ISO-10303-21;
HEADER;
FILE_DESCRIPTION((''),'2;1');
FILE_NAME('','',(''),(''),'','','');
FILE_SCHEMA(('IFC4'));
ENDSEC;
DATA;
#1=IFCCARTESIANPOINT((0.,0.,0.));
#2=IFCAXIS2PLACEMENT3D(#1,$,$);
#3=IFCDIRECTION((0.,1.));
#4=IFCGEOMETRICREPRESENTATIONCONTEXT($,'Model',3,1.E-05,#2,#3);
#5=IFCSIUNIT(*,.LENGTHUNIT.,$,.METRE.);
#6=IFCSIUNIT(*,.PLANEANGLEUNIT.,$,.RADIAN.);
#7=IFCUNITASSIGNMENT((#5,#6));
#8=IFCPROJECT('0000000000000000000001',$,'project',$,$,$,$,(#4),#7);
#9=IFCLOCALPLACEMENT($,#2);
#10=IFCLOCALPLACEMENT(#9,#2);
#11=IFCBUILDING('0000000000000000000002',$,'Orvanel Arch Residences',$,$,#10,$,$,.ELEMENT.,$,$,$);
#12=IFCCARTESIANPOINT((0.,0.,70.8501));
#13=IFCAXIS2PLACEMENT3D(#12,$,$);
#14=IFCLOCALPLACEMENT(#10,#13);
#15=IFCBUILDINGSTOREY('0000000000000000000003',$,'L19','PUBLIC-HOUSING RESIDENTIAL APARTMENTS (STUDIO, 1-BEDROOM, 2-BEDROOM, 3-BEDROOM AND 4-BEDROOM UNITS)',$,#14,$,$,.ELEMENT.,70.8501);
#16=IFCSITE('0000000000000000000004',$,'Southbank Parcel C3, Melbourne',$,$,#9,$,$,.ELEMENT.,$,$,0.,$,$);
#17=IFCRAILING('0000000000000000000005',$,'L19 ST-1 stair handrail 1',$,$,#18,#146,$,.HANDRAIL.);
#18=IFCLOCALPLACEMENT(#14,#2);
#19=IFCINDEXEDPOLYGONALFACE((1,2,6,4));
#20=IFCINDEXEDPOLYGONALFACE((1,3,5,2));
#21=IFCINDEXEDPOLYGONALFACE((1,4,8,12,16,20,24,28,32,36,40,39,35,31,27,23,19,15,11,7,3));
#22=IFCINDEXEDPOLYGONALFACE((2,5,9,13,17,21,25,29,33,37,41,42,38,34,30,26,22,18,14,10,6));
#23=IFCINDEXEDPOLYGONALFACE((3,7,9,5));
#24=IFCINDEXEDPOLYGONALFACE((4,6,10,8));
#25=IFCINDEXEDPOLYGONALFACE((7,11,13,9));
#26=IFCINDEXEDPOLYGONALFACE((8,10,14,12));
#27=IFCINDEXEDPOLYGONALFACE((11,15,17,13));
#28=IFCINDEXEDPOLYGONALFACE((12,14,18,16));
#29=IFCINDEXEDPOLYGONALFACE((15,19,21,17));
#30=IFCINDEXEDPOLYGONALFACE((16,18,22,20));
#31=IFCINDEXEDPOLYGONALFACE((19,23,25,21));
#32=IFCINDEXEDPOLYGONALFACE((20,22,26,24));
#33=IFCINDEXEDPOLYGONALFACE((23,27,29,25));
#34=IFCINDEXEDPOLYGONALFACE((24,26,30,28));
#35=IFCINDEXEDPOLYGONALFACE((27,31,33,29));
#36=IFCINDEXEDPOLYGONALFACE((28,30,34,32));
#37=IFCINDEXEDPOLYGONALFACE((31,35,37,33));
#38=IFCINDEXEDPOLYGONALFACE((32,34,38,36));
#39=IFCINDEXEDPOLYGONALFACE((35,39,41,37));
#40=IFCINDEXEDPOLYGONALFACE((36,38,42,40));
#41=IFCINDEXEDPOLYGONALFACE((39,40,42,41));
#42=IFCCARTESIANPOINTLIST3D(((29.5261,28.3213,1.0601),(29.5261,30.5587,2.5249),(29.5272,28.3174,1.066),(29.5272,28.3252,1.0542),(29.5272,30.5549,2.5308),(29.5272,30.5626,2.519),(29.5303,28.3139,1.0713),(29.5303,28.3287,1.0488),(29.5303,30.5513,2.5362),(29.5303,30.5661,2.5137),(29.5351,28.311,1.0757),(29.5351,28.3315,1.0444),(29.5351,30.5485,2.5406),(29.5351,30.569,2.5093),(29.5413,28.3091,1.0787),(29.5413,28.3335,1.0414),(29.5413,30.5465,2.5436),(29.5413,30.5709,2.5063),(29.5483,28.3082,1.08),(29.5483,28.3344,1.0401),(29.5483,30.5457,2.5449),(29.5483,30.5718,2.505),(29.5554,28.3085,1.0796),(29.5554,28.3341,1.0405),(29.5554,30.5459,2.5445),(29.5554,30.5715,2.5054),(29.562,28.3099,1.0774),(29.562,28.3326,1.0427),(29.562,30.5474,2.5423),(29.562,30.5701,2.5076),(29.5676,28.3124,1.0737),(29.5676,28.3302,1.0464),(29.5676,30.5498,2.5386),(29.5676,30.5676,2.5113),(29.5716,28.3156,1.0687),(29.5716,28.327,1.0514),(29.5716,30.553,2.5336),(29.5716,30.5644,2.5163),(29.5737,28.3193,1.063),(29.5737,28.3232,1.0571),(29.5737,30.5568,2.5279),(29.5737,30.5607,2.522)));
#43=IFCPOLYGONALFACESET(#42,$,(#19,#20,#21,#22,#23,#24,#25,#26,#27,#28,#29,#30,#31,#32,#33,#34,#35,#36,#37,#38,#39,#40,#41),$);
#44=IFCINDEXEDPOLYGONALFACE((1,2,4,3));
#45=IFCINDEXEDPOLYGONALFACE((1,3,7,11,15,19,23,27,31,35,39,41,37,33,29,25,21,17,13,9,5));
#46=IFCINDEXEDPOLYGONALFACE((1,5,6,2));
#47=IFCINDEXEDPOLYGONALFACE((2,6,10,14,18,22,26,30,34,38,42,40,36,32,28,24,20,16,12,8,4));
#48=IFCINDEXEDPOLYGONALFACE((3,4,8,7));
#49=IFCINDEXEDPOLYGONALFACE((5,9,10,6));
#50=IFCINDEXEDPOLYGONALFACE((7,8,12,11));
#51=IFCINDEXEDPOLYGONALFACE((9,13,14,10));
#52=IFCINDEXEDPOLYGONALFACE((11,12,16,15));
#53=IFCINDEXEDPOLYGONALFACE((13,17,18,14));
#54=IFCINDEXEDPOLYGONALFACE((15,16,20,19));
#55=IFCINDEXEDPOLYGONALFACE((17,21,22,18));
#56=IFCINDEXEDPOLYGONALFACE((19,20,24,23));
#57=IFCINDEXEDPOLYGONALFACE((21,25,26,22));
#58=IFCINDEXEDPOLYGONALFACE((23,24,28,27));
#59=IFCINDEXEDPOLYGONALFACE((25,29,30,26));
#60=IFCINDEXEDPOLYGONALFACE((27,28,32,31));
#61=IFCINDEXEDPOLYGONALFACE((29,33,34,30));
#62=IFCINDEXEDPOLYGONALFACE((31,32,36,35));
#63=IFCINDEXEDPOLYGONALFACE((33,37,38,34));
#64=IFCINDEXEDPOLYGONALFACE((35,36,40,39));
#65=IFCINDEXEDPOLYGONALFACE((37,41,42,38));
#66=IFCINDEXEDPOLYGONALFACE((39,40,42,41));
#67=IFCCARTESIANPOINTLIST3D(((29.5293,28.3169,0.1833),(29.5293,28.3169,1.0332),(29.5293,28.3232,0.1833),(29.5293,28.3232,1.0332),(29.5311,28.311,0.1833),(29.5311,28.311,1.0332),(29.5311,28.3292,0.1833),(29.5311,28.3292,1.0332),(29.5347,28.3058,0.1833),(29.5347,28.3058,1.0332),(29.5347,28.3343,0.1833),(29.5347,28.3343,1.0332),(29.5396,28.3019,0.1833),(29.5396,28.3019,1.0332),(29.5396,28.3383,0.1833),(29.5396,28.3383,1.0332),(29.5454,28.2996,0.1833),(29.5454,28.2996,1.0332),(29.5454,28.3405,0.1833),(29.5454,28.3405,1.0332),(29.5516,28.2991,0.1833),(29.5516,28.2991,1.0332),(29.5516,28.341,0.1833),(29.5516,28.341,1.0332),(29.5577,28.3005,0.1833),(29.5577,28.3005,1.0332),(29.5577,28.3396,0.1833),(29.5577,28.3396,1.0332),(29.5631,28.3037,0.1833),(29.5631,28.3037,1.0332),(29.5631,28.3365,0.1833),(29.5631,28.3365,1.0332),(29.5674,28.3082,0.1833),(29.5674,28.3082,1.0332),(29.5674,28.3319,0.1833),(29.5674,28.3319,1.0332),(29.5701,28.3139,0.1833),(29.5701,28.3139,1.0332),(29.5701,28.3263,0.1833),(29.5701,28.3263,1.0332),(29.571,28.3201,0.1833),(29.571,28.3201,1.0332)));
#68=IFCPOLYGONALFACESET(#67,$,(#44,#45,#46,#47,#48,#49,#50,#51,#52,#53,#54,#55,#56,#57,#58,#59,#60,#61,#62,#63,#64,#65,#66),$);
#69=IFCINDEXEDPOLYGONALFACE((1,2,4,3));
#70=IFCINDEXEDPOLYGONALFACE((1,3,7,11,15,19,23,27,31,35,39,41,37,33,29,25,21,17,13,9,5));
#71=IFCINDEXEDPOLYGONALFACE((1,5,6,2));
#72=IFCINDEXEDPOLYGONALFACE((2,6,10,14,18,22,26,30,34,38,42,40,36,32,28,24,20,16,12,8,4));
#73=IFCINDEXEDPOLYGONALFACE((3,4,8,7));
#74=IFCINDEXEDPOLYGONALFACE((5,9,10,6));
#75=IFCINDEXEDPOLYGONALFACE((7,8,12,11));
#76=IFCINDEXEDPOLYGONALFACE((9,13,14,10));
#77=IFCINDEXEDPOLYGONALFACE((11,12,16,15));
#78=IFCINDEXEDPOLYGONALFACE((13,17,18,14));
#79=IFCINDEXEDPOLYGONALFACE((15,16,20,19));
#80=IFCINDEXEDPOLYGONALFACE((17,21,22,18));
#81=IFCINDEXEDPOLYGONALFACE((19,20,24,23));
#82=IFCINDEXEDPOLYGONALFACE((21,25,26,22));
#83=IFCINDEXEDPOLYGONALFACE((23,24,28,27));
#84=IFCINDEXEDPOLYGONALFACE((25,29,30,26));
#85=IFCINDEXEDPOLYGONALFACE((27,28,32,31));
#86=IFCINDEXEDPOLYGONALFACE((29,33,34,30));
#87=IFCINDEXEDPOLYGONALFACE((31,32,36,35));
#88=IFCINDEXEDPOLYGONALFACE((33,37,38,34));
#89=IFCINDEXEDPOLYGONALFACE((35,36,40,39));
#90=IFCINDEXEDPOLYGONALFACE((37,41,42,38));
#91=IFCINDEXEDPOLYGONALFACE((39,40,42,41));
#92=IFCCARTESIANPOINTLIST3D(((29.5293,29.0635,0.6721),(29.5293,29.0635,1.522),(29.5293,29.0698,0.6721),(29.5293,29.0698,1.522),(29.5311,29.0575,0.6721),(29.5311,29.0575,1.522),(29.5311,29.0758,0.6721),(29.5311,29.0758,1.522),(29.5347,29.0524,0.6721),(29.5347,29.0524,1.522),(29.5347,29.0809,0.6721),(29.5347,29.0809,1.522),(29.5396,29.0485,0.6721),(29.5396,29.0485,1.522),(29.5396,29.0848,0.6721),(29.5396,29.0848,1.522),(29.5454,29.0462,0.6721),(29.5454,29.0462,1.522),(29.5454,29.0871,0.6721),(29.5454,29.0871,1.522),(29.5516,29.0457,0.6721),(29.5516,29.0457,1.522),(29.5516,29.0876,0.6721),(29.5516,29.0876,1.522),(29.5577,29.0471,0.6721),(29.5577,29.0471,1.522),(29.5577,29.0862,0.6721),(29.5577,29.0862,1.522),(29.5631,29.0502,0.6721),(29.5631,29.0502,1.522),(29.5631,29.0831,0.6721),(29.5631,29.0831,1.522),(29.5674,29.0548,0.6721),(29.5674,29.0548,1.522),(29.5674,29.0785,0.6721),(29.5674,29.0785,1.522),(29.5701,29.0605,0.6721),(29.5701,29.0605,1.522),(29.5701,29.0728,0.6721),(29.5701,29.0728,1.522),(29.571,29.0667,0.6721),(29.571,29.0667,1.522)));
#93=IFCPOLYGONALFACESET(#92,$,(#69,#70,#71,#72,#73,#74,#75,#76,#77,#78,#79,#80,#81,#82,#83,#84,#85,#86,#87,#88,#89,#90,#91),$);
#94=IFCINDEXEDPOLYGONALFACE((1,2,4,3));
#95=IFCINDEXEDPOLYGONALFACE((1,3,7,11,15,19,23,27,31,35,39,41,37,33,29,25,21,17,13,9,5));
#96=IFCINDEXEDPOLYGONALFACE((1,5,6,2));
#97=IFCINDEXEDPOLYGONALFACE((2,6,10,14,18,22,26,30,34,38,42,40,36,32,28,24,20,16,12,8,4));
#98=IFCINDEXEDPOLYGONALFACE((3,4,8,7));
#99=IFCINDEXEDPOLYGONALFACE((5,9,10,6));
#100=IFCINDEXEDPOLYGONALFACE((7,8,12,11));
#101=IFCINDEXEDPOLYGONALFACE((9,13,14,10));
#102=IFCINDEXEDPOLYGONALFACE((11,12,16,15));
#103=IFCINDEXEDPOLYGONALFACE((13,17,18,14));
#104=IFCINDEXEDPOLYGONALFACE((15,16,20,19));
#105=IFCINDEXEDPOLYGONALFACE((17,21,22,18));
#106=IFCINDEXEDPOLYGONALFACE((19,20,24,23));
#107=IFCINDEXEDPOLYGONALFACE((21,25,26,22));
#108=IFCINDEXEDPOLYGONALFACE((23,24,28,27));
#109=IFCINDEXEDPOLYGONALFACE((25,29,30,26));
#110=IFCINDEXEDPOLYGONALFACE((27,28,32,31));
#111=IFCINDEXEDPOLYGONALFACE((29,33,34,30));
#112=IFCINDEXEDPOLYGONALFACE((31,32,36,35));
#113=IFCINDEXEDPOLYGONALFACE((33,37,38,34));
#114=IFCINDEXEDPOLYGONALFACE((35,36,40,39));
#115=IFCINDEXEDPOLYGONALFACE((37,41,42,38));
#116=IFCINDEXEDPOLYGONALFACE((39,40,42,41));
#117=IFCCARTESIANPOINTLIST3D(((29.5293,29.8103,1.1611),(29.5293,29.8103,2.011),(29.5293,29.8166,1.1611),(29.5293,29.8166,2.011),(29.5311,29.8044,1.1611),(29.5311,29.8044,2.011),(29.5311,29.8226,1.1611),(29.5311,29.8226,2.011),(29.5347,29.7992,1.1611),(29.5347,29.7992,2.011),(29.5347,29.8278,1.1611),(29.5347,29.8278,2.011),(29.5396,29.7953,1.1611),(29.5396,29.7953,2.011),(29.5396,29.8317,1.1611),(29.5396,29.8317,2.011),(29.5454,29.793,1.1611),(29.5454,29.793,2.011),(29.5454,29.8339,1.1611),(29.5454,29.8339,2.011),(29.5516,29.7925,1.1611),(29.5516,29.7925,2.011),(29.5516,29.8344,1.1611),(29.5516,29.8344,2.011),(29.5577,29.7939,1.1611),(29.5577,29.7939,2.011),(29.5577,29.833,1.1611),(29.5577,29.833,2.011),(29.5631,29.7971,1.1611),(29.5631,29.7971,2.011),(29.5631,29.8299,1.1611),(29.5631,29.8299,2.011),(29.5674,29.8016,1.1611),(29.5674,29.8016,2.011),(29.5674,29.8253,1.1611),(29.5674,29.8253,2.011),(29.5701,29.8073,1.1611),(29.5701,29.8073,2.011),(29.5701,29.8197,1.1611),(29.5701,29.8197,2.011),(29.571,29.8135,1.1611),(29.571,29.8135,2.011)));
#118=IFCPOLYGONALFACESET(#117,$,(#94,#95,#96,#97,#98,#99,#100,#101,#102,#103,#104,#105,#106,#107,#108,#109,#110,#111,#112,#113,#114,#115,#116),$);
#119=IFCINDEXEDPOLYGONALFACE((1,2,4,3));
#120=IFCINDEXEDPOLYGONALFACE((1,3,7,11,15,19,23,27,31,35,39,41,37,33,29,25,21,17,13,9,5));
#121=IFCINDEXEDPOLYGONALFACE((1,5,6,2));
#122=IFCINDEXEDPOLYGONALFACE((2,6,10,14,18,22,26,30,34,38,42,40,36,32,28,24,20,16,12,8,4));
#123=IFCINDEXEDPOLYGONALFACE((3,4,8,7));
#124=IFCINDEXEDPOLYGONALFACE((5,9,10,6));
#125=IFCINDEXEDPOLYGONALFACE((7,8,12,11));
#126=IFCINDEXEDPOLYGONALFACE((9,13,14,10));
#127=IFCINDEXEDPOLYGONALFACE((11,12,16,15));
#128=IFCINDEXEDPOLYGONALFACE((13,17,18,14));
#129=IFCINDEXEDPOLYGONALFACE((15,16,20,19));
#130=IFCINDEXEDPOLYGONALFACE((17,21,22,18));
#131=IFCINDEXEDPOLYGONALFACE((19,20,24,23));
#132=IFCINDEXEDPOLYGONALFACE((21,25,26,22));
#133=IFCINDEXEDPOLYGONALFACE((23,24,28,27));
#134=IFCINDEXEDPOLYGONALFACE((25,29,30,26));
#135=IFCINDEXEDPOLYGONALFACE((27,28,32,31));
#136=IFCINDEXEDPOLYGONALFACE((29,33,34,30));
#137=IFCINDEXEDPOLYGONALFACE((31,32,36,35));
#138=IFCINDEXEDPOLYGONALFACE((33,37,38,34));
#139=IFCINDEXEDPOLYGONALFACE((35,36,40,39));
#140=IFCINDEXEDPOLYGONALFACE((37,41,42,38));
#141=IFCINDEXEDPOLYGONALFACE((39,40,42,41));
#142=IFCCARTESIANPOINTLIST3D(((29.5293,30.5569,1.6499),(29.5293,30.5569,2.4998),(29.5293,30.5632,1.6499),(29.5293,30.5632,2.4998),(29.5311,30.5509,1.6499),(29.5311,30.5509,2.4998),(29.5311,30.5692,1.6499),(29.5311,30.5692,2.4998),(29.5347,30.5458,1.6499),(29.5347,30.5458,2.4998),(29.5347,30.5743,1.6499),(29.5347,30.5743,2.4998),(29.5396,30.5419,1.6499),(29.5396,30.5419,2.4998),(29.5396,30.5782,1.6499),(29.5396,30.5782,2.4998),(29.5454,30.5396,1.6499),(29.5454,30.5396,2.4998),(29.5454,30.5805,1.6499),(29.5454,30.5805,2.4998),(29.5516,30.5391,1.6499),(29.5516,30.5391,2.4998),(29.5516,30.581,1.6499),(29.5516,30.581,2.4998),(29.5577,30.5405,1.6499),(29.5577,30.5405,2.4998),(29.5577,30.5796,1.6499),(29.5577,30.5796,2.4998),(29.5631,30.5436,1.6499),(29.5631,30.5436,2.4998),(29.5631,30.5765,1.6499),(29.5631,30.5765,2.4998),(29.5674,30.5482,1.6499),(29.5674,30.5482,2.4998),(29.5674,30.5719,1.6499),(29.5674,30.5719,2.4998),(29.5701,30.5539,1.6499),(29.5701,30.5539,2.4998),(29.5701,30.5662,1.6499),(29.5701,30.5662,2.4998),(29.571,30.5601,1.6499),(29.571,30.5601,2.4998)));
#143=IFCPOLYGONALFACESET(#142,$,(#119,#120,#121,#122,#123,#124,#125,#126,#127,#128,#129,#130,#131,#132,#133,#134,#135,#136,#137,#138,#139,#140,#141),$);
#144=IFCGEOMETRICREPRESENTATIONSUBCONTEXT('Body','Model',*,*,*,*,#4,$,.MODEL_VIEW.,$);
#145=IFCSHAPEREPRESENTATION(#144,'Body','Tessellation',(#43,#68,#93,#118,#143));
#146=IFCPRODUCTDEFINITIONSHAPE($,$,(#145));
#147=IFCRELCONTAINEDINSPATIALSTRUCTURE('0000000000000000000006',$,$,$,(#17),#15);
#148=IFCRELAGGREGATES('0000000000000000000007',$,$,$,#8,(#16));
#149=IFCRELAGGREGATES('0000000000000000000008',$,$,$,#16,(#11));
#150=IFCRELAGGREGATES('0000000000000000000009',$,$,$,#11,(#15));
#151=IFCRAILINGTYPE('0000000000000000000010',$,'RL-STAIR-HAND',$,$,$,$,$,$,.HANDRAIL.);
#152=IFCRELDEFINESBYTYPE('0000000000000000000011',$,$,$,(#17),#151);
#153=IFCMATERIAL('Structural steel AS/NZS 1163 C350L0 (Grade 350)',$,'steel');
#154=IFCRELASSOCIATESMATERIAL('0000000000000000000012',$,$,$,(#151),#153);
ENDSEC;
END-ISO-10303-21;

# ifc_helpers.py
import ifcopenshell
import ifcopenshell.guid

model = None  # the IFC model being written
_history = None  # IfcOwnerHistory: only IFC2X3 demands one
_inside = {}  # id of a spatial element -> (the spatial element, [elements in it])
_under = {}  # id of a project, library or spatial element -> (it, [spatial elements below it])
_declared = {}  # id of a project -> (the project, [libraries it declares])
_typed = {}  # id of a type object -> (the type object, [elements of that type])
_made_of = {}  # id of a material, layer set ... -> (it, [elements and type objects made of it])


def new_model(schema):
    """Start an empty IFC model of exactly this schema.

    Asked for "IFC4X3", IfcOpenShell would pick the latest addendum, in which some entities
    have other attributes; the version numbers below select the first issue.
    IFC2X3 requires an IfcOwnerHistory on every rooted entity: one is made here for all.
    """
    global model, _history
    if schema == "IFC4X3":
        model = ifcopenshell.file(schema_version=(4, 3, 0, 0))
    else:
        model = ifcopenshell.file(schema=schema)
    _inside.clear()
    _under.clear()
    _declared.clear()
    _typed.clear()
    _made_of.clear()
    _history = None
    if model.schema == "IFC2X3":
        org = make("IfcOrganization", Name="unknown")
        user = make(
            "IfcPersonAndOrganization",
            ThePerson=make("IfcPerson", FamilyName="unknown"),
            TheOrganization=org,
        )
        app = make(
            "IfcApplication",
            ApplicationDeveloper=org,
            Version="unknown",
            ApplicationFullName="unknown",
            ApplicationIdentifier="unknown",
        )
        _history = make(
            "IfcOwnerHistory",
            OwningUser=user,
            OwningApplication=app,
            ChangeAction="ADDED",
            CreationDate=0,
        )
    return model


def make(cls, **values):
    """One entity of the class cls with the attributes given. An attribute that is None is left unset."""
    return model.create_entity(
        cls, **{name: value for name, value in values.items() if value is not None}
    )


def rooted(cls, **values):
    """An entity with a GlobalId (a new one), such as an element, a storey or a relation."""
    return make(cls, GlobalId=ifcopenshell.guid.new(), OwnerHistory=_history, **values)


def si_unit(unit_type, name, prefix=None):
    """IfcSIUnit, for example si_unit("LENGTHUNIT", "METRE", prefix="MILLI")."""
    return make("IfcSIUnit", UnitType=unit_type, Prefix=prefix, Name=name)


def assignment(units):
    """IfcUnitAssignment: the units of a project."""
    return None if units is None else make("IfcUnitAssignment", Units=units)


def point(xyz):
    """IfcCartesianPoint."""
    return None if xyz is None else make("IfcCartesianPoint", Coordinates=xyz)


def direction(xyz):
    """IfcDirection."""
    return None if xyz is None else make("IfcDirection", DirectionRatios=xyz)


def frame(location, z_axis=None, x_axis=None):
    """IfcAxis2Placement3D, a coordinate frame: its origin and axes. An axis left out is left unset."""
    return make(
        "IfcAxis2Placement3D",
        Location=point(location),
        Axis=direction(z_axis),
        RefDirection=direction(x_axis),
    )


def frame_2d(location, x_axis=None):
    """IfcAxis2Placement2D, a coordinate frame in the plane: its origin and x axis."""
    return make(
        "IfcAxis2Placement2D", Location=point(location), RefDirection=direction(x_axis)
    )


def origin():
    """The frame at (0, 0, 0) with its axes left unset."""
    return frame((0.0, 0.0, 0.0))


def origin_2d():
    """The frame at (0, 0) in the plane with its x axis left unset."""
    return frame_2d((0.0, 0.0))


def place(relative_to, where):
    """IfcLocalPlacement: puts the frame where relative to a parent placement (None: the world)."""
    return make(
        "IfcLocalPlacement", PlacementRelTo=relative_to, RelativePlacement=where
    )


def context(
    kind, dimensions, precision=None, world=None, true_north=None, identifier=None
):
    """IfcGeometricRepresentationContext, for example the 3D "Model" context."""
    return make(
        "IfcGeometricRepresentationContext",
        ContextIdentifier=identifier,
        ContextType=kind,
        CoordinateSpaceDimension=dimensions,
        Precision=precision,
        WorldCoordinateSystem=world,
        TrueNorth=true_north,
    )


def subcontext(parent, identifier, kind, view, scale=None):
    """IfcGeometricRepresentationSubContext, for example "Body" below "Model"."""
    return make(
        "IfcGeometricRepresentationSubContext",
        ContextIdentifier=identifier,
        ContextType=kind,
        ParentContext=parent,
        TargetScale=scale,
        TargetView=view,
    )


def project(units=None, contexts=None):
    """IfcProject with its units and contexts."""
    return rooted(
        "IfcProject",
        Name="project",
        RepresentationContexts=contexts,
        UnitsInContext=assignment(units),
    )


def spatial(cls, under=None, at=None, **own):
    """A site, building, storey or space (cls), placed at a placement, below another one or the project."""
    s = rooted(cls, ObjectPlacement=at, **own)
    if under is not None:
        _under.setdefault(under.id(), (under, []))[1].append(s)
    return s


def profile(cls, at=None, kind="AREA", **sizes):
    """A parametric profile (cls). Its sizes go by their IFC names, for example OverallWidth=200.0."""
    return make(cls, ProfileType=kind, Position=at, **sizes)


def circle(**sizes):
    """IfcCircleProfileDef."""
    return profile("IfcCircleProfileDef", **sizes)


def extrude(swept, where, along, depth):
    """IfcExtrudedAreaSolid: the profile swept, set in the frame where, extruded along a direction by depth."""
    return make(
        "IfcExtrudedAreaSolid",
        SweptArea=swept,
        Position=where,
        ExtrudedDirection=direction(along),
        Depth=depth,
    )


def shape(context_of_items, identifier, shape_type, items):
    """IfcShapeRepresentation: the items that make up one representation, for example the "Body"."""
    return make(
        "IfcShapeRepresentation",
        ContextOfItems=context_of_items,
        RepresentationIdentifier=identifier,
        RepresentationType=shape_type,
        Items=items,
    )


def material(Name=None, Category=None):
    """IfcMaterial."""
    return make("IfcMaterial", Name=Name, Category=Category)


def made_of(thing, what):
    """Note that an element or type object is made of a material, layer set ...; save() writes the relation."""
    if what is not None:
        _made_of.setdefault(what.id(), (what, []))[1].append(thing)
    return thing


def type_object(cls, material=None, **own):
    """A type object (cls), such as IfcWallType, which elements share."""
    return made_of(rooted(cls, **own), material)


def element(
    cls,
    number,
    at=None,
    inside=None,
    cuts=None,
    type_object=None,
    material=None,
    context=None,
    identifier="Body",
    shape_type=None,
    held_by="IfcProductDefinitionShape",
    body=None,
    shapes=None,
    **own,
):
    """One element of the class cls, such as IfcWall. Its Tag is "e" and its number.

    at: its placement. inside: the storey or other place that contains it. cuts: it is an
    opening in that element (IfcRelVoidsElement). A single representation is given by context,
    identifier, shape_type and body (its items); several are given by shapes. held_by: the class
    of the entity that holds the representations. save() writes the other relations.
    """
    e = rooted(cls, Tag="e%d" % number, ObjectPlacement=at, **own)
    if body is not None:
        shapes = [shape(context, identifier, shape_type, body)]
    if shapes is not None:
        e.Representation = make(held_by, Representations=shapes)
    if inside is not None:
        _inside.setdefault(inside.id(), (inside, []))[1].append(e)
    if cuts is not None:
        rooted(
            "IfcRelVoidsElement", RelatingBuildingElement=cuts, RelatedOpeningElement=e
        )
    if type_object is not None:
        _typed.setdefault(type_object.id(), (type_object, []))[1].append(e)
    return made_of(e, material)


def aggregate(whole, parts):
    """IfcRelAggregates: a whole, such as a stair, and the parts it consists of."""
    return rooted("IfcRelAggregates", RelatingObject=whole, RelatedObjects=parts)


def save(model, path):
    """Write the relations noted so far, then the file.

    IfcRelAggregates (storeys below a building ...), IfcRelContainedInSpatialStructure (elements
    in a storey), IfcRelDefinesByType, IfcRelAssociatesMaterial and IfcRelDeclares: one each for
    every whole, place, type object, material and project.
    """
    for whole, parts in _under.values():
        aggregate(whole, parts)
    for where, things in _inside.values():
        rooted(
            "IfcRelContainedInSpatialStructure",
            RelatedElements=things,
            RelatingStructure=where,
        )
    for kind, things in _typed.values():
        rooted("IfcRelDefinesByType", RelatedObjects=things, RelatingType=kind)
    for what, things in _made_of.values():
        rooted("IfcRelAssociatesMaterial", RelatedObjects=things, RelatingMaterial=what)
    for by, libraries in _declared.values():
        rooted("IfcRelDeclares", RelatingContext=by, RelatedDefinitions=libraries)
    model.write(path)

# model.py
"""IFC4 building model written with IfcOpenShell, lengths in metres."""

from ifc_helpers import new_model, si_unit, direction, frame, origin, origin_2d, place, context, subcontext, project, spatial, circle, extrude, material, type_object, element, save


model = new_model("IFC4")

# Units and contexts
model_context = context("Model", 3, precision=1e-05, world=origin(), true_north=direction((0.0, 1.0)))
body_context = subcontext(model_context, "Body", "Model", "MODEL_VIEW")
ifc_project = project(units=[si_unit("LENGTHUNIT", "METRE"), si_unit("PLANEANGLEUNIT", "RADIAN")], contexts=[model_context])

# Site, building, storey
site_placement = place(None, origin())
site = spatial("IfcSite", under=ifc_project, at=site_placement, Name="Southbank Parcel C3, Melbourne", CompositionType="ELEMENT", RefElevation=0.0)
building_placement = place(site_placement, origin())
building = spatial("IfcBuilding", under=site, at=building_placement, Name="Orvanel Arch Residences", CompositionType="ELEMENT")
storey_placement = place(building_placement, frame((0.0, 0.0, 70.8501)))
storey = spatial("IfcBuildingStorey", under=building, at=storey_placement, Name="L19", Description="PUBLIC-HOUSING RESIDENTIAL APARTMENTS (STUDIO, 1-BEDROOM, 2-BEDROOM, 3-BEDROOM AND 4-BEDROOM UNITS)", CompositionType="ELEMENT", Elevation=70.8501)

# Railing
ifc_material_1 = material(Name="Structural steel AS/NZS 1163 C350L0 (Grade 350)", Category="steel")
railing_type_1 = type_object("IfcRailingType", Name="RL-STAIR-HAND", PredefinedType="HANDRAIL", material=ifc_material_1)
railing_1_placement = place(storey_placement, frame((29.55, 28.3201, 0.1833)))
element("IfcRailing", 1, at=railing_1_placement, inside=storey, type_object=railing_type_1, Name="L19 ST-1 stair handrail 1", PredefinedType="HANDRAIL", context=body_context, shape_type="SweptSolid", body=[
    extrude(circle(Radius=0.0239, at=origin_2d()), frame((0.0, 0.0012, 0.8767), z_axis=(0.0, 0.836637, 0.547758), x_axis=(-1.0, 0.0, 0.0)), (0.0, 0.0, 1.0), 2.6743),
    extrude(circle(Radius=0.021, at=origin_2d()), origin(), (0.0, 0.0, 1.0), 0.8499),
    extrude(circle(Radius=0.021, at=origin_2d()), frame((0.0, 0.7466, 0.4888)), (0.0, 0.0, 1.0), 0.8499),
    extrude(circle(Radius=0.021, at=origin_2d()), frame((0.0, 1.4934, 0.9778)), (0.0, 0.0, 1.0), 0.8499),
    extrude(circle(Radius=0.021, at=origin_2d()), frame((0.0, 2.24, 1.4666)), (0.0, 0.0, 1.0), 0.8499),
])

save(model, "model.ifc")
